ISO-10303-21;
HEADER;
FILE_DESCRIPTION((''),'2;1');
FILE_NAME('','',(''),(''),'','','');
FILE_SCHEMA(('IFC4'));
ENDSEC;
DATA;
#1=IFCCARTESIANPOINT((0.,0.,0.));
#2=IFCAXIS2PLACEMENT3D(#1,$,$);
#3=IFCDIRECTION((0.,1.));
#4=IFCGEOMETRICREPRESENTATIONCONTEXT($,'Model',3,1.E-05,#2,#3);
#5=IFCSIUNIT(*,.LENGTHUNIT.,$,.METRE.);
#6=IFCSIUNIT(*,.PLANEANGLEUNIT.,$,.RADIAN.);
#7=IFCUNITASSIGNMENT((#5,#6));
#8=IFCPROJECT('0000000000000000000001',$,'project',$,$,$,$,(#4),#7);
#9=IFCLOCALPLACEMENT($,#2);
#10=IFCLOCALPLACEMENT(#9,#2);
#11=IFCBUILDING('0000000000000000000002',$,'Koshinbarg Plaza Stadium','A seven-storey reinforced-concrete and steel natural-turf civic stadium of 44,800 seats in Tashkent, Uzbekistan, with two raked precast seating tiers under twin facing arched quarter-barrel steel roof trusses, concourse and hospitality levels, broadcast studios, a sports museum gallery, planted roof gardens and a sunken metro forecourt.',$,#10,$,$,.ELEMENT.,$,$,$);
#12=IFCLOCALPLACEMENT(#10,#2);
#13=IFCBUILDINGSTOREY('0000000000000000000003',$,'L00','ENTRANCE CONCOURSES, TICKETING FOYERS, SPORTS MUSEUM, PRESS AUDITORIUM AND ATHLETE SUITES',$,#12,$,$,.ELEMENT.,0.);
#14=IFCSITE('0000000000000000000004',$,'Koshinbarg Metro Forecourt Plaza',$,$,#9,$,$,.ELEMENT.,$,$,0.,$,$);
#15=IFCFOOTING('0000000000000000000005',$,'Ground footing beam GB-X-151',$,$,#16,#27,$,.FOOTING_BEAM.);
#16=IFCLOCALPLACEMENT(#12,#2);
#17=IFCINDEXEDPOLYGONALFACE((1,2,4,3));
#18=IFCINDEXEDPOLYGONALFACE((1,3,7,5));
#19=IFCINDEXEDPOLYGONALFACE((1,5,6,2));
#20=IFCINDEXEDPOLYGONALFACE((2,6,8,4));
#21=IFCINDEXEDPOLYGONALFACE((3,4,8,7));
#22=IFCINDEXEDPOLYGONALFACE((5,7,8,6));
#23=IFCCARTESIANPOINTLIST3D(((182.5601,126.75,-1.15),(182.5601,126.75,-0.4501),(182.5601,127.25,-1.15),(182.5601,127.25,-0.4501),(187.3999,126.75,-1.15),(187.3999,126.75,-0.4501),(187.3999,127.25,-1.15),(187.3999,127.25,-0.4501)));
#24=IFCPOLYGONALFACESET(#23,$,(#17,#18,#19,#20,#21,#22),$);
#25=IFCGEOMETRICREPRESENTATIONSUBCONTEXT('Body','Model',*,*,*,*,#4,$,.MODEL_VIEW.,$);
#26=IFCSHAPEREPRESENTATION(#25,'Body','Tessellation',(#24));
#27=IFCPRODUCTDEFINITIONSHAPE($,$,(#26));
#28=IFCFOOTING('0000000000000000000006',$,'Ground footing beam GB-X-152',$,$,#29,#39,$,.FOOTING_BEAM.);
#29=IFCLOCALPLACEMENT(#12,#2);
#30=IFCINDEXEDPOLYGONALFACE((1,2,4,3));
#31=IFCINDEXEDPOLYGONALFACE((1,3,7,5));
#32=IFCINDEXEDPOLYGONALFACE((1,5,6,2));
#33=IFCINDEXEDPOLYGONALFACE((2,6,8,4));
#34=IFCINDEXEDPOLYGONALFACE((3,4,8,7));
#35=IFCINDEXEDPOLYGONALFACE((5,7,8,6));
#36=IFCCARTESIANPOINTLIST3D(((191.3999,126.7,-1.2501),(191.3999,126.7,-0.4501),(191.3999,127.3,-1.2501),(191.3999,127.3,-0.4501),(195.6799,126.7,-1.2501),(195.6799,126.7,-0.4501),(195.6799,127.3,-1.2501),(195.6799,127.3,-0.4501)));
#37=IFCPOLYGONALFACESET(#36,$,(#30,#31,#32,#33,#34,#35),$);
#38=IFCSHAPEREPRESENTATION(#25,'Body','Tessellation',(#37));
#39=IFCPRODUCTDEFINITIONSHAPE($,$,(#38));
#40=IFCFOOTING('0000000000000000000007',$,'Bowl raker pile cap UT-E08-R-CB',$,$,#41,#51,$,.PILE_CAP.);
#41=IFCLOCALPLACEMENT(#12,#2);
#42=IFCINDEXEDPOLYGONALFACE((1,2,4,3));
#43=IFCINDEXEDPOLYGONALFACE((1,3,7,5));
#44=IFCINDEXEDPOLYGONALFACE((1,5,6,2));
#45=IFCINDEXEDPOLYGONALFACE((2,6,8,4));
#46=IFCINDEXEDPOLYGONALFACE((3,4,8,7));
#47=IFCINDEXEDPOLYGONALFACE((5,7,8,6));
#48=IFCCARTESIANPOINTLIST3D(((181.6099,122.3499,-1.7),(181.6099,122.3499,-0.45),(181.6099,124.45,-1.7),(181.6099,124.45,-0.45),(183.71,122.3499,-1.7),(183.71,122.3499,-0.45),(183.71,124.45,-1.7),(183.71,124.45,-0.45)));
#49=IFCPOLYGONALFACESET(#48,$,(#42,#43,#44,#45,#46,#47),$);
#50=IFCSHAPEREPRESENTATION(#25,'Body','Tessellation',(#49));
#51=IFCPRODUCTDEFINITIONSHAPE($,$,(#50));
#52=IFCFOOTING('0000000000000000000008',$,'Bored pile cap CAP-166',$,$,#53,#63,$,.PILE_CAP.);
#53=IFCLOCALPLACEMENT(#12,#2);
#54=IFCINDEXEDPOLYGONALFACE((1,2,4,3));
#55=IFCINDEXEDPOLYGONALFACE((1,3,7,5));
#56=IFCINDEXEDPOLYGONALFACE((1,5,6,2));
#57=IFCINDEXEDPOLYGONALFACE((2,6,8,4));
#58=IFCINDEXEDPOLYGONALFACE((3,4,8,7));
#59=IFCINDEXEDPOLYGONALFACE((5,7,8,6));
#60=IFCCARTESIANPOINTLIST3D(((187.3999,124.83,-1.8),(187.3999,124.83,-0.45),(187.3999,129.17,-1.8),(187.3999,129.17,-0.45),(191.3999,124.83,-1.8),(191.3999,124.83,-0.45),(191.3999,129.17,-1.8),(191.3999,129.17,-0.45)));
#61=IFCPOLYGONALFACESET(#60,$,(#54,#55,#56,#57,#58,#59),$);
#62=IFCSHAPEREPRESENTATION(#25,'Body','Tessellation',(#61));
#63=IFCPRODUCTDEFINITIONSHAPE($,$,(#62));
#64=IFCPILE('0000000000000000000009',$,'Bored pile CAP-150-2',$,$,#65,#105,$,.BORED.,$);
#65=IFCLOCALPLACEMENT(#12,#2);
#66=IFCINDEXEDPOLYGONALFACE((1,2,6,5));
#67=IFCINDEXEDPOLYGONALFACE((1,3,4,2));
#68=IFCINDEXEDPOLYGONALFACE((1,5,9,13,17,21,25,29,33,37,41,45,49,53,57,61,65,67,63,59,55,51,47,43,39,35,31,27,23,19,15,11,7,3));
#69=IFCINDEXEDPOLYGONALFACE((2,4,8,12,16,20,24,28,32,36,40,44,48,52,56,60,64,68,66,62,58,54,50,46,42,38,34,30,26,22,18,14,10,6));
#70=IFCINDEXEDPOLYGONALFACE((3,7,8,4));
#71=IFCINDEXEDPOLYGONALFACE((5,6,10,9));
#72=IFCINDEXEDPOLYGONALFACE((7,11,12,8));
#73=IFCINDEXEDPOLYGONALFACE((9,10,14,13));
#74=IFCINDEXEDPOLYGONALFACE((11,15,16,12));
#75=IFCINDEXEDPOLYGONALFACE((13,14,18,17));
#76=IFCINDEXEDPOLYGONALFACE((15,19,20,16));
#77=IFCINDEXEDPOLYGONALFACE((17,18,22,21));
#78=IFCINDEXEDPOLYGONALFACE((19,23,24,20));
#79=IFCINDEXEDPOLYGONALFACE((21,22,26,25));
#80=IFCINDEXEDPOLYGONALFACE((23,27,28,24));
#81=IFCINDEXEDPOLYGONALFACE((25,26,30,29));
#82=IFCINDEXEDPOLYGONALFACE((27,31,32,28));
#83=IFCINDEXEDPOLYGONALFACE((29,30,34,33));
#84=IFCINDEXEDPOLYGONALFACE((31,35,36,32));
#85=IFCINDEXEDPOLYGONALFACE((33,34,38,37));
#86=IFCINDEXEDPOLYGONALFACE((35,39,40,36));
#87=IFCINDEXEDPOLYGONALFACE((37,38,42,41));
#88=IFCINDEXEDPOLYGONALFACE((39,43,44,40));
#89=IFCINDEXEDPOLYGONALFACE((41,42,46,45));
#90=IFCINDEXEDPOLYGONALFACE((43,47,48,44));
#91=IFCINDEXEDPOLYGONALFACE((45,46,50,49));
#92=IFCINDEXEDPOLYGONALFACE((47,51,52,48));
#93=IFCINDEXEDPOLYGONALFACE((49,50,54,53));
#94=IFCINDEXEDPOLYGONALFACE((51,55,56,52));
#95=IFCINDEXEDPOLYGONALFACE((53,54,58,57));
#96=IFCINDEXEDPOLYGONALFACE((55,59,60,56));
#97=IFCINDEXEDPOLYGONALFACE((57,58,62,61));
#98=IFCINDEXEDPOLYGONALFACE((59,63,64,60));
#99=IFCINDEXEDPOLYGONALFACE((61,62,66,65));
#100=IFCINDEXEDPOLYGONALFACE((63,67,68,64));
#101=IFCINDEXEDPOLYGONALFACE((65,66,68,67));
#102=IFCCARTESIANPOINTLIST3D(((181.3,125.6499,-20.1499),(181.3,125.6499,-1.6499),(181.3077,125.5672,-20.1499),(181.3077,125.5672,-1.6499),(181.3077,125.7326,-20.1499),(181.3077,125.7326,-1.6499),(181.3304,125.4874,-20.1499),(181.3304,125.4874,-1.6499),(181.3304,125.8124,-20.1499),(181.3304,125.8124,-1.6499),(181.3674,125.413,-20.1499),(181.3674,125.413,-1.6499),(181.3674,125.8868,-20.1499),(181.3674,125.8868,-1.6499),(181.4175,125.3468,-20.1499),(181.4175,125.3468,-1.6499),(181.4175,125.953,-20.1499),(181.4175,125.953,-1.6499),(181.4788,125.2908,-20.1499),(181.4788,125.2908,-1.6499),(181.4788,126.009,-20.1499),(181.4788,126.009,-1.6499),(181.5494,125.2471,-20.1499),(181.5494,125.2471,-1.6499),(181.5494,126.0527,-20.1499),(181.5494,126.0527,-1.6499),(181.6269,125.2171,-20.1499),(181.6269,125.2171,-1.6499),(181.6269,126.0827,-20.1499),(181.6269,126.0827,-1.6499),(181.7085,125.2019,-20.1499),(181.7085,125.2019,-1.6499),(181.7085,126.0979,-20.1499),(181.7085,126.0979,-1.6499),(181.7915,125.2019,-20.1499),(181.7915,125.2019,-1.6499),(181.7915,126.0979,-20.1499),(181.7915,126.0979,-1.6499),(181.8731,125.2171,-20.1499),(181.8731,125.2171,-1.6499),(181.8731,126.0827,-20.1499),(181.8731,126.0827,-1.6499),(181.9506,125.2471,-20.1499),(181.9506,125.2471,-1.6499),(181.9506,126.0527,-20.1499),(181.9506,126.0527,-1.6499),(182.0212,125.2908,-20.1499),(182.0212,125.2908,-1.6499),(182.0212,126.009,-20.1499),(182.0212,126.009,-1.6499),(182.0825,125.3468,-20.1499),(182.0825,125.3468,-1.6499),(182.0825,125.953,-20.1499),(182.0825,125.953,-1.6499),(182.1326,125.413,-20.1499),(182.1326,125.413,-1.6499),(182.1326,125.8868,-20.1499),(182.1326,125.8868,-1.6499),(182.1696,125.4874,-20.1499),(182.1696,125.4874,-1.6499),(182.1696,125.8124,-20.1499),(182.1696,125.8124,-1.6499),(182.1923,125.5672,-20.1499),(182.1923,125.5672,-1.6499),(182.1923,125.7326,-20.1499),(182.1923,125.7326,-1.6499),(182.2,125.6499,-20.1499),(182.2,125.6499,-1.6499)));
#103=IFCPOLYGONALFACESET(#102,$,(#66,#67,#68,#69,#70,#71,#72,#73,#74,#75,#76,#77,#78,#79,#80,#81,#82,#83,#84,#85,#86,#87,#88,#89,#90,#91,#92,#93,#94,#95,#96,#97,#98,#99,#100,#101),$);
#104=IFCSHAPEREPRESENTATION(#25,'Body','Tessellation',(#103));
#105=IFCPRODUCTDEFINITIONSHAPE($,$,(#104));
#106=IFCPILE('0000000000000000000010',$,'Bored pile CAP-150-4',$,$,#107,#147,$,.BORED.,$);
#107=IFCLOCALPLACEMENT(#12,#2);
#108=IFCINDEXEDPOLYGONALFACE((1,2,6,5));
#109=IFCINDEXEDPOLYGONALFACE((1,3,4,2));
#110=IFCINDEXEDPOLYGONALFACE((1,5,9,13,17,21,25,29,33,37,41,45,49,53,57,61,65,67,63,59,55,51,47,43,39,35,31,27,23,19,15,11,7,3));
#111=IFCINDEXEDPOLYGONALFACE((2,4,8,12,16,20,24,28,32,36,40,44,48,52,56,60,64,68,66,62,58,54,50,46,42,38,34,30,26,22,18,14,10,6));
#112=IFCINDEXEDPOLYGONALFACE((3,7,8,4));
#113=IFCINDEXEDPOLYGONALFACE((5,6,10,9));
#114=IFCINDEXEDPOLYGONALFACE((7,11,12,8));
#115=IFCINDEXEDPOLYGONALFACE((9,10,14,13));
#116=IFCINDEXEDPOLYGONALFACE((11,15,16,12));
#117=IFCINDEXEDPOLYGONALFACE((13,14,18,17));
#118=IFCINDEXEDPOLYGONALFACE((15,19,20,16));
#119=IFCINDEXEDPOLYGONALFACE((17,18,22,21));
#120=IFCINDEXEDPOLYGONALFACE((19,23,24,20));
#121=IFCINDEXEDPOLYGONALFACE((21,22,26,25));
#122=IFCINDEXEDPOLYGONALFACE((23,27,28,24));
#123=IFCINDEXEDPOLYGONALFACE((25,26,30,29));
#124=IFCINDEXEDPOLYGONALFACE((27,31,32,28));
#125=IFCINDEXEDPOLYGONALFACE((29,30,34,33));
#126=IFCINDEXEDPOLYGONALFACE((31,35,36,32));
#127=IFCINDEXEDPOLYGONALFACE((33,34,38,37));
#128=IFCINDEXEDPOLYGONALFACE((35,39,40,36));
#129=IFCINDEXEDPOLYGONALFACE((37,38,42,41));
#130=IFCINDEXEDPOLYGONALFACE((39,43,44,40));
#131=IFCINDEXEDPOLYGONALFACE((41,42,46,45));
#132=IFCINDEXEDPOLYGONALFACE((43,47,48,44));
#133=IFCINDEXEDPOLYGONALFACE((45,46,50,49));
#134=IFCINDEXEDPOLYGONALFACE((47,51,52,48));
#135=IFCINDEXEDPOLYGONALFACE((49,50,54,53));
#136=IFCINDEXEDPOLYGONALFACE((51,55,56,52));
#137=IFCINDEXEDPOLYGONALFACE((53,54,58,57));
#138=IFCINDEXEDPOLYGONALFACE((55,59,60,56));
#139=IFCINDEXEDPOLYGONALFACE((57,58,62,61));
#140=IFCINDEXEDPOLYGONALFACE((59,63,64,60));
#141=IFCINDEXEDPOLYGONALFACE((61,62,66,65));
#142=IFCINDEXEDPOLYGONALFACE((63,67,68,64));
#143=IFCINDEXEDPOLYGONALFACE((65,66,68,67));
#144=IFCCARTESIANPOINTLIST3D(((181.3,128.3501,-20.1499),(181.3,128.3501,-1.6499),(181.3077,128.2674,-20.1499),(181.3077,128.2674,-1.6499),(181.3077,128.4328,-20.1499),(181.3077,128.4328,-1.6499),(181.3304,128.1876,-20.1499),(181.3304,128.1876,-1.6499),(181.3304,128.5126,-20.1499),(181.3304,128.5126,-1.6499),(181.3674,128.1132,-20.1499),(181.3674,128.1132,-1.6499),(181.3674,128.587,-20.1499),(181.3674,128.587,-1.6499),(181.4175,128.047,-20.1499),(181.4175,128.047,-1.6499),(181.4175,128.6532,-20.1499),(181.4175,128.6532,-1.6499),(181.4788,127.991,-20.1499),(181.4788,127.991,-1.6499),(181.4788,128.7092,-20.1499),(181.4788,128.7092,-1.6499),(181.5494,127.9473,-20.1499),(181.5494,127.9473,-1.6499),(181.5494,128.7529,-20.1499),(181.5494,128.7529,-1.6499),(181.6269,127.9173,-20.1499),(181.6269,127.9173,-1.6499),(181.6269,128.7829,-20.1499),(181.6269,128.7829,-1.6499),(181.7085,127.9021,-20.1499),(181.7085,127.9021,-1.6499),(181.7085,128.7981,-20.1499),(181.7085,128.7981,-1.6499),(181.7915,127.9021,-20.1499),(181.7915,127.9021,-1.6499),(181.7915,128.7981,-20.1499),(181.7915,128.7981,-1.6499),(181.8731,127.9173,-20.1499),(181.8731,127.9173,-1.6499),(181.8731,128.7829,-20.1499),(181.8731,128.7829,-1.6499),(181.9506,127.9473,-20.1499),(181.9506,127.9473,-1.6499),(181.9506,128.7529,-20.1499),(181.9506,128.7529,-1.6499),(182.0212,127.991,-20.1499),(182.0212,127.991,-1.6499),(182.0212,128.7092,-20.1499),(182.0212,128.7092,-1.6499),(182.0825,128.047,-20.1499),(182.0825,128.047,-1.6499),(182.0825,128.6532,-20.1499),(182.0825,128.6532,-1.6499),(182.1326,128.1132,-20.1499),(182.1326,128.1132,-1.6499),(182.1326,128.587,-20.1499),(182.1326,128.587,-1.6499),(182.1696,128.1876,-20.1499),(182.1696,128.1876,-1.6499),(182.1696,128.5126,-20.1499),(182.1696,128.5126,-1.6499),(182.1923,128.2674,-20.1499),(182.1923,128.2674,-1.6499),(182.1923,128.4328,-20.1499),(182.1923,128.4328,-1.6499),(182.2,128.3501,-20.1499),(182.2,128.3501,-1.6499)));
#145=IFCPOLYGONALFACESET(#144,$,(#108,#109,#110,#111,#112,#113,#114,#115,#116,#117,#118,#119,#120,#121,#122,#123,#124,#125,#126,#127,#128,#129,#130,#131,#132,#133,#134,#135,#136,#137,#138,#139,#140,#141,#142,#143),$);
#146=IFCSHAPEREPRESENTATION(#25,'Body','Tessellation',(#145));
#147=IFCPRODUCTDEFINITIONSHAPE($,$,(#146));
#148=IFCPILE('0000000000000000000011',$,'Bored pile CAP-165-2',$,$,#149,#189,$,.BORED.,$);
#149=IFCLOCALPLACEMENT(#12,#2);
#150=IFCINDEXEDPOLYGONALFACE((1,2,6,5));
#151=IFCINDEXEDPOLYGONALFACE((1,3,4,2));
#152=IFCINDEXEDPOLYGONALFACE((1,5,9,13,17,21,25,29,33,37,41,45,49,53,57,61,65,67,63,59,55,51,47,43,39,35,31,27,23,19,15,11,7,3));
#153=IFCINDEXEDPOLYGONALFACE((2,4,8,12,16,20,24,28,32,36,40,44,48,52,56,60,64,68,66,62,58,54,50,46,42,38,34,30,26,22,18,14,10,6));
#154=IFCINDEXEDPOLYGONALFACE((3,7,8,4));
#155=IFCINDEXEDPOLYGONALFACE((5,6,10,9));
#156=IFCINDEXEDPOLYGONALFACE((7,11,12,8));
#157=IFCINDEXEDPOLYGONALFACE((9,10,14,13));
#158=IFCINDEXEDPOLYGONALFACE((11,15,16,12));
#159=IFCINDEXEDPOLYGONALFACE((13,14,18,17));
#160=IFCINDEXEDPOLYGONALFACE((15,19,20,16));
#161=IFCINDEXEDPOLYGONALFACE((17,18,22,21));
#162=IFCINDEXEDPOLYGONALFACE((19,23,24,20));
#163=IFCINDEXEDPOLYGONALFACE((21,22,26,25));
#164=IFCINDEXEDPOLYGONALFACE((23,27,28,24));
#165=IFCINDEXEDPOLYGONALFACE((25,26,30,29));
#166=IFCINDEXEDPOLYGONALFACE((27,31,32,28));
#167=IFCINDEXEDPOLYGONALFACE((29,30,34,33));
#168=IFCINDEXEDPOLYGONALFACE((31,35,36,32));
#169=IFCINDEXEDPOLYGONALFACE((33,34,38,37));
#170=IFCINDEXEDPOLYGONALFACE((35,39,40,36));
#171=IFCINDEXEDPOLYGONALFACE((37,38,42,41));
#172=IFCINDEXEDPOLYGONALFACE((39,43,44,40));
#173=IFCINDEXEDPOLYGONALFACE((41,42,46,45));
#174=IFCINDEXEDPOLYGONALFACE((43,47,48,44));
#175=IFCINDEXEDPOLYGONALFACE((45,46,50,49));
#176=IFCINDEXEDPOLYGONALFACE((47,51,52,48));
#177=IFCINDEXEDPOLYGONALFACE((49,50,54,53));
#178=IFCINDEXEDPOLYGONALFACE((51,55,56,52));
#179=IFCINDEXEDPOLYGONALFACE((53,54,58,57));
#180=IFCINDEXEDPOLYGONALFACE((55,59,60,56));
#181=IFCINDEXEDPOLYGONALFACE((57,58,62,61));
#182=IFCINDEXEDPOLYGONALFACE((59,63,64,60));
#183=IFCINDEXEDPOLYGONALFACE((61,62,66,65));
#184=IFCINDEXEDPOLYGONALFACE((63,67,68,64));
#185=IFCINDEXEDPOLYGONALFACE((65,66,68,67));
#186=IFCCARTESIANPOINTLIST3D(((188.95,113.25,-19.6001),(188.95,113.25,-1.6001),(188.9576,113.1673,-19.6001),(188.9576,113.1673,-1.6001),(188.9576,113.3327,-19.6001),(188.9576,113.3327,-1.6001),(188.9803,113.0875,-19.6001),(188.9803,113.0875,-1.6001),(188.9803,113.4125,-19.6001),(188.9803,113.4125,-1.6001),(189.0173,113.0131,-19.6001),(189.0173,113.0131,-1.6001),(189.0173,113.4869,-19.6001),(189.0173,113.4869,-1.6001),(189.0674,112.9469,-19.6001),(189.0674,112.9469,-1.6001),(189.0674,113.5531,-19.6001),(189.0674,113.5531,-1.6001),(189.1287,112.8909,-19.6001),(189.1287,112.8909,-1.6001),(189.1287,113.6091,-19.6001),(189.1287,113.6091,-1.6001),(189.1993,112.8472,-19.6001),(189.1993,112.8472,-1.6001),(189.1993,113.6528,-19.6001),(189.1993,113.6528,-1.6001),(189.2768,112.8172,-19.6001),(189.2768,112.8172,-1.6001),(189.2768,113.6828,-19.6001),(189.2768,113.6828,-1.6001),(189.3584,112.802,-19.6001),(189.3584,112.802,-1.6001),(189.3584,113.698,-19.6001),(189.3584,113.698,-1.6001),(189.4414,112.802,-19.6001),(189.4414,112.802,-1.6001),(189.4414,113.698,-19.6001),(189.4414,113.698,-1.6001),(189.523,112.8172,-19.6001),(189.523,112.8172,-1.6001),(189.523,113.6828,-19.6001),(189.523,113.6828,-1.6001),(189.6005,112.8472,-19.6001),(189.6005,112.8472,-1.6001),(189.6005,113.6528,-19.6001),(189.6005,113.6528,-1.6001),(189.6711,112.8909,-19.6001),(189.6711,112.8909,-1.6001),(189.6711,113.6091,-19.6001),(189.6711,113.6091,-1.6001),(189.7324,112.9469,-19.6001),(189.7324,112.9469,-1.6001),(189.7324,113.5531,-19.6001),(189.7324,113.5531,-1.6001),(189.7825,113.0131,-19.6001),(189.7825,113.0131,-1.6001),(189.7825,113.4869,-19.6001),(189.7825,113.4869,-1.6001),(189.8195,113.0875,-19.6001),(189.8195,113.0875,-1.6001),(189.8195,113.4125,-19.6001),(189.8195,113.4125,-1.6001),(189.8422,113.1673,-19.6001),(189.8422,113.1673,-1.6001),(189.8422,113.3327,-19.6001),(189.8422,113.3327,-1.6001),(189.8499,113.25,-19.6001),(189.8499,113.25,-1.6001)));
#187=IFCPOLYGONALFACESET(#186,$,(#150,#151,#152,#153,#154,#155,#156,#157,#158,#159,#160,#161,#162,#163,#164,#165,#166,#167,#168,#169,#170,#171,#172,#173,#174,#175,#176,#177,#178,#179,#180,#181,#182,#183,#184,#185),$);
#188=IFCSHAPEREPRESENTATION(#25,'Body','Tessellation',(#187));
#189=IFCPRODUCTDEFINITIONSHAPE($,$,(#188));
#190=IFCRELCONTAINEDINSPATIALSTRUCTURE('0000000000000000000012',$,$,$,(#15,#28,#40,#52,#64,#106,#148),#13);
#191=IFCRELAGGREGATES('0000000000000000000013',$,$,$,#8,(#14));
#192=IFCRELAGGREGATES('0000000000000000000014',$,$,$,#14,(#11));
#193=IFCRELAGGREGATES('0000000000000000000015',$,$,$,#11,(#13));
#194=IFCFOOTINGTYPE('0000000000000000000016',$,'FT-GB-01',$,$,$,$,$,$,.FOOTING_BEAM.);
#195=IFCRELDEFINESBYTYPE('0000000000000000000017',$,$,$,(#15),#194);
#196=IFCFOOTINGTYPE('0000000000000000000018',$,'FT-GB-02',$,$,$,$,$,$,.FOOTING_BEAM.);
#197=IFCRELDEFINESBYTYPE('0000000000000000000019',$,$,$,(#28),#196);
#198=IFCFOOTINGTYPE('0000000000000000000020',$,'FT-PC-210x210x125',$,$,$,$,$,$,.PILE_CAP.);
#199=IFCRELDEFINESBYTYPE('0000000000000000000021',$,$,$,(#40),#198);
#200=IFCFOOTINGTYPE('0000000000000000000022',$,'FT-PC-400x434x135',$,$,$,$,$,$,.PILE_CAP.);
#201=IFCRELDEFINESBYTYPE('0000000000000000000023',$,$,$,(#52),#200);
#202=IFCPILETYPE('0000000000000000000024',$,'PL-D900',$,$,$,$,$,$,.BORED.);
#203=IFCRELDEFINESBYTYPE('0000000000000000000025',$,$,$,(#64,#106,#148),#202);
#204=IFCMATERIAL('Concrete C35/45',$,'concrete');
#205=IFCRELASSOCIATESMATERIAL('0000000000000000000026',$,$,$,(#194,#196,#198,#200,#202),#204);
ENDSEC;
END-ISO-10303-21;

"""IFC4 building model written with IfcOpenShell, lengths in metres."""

from ifc_helpers import new_model, si_unit, direction, frame, origin, origin_2d, place, context, subcontext, project, spatial, rectangle, circle, extrude, material, material_profile, profile_set, type_object, element, save


model = new_model("IFC4")

# Units and contexts
model_context = context("Model", 3, precision=1e-05, world=origin(), true_north=direction((0.0, 1.0)))
body_context = subcontext(model_context, "Body", "Model", "MODEL_VIEW")
ifc_project = project(units=[si_unit("LENGTHUNIT", "METRE"), si_unit("PLANEANGLEUNIT", "RADIAN")], contexts=[model_context])

# Site, building, storey
site_placement = place(None, origin())
site = spatial("IfcSite", under=ifc_project, at=site_placement, Name="Koshinbarg Metro Forecourt Plaza", CompositionType="ELEMENT", RefElevation=0.0)
building_placement = place(site_placement, origin())
building = spatial("IfcBuilding", under=site, at=building_placement, Name="Koshinbarg Plaza Stadium", Description="A seven-storey reinforced-concrete and steel natural-turf civic stadium of 44,800 seats in Tashkent, Uzbekistan, with two raked precast seating tiers under twin facing arched quarter-barrel steel roof trusses, concourse and hospitality levels, broadcast studios, a sports museum gallery, planted roof gardens and a sunken metro forecourt.", CompositionType="ELEMENT")
storey_placement = place(building_placement, origin())
storey = spatial("IfcBuildingStorey", under=building, at=storey_placement, Name="L00", Description="ENTRANCE CONCOURSES, TICKETING FOYERS, SPORTS MUSEUM, PRESS AUDITORIUM AND ATHLETE SUITES", CompositionType="ELEMENT", Elevation=0.0)

# Footings
ifc_material_1 = material(Name="Concrete C35/45", Category="concrete")
ifc_material_profile_1 = material_profile(ifc_material_1, rectangle(XDim=0.5, YDim=0.7, at=origin_2d()), Name="GB 500x700")
ifc_profile_set_1 = profile_set([ifc_material_profile_1], Name="Concrete C35/45")
footing_type_1 = type_object("IfcFootingType", Name="FT-GB-01", PredefinedType="FOOTING_BEAM", material=ifc_profile_set_1)
footing_1_placement = place(storey_placement, frame((182.5601, 127.0, -0.8), z_axis=(1.0, 0.0, 0.0), x_axis=(0.0, 1.0, 0.0)))
element("IfcFooting", 1, at=footing_1_placement, inside=storey, type_object=footing_type_1, Name="Ground footing beam GB-X-151", PredefinedType="FOOTING_BEAM", context=body_context, shape_type="SweptSolid", body=[
    extrude(rectangle(XDim=0.5, YDim=0.7, at=origin_2d()), origin(), (0.0, 0.0, 1.0), 4.8398),
])
ifc_material_profile_2 = material_profile(ifc_material_1, rectangle(XDim=0.6001, YDim=0.8, at=origin_2d()), Name="GB 600x800")
ifc_profile_set_2 = profile_set([ifc_material_profile_2], Name="Concrete C35/45")
footing_type_2 = type_object("IfcFootingType", Name="FT-GB-02", PredefinedType="FOOTING_BEAM", material=ifc_profile_set_2)
footing_2_placement = place(storey_placement, frame((191.3999, 127.0, -0.8501), z_axis=(1.0, 0.0, 0.0), x_axis=(0.0, 1.0, 0.0)))
element("IfcFooting", 2, at=footing_2_placement, inside=storey, type_object=footing_type_2, Name="Ground footing beam GB-X-152", PredefinedType="FOOTING_BEAM", context=body_context, shape_type="SweptSolid", body=[
    extrude(rectangle(XDim=0.6001, YDim=0.8, at=origin_2d()), origin(), (0.0, 0.0, 1.0), 4.28),
])
footing_type_3 = type_object("IfcFootingType", Name="FT-PC-210x210x125", PredefinedType="PILE_CAP", material=ifc_material_1)
footing_3_placement = place(storey_placement, frame((182.6599, 123.3999, -1.7), z_axis=(0.0, 0.0, 1.0), x_axis=(1.0, 0.0, 0.0)))
element("IfcFooting", 3, at=footing_3_placement, inside=storey, type_object=footing_type_3, Name="Bowl raker pile cap UT-E08-R-CB", PredefinedType="PILE_CAP", context=body_context, shape_type="SweptSolid", body=[
    extrude(rectangle(XDim=2.1001, YDim=2.1001, at=origin_2d()), origin(), (0.0, 0.0, 1.0), 1.25),
])
footing_type_4 = type_object("IfcFootingType", Name="FT-PC-400x434x135", PredefinedType="PILE_CAP", material=ifc_material_1)
footing_4_placement = place(storey_placement, frame((189.3999, 127.0, -1.8), z_axis=(0.0, 0.0, 1.0), x_axis=(1.0, 0.0, 0.0)))
element("IfcFooting", 4, at=footing_4_placement, inside=storey, type_object=footing_type_4, Name="Bored pile cap CAP-166", PredefinedType="PILE_CAP", context=body_context, shape_type="SweptSolid", body=[
    extrude(rectangle(XDim=4.0, YDim=4.3401, at=origin_2d()), origin(), (0.0, 0.0, 1.0), 1.3501),
])

# Piles
ifc_material_profile_3 = material_profile(ifc_material_1, circle(Radius=0.45, at=origin_2d()), Name="PILE D900")
ifc_profile_set_3 = profile_set([ifc_material_profile_3], Name="Concrete C35/45")
pile_type = type_object("IfcPileType", Name="PL-D900", PredefinedType="BORED", material=ifc_profile_set_3)
for number, where, z_axis, x_axis, name in (
    (5, (181.75, 125.6499, -1.6499), (0.0, 0.0, -1.0), (1.0, 0.0, 0.0), "Bored pile CAP-150-2"),
    (6, (181.75, 128.3501, -1.6499), (0.0, 0.0, -1.0), (1.0, 0.0, 0.0), "Bored pile CAP-150-4"),
):
    element("IfcPile", number, at=place(storey_placement, frame(where, z_axis=z_axis, x_axis=x_axis)), inside=storey, type_object=pile_type, Name=name, PredefinedType="BORED", context=body_context, shape_type="SweptSolid", body=[
        extrude(circle(Radius=0.45, at=origin_2d()), origin(), (0.0, 0.0, 1.0), 18.5),
    ])
pile_1_placement = place(storey_placement, frame((189.3999, 113.25, -1.6001), z_axis=(0.0, 0.0, -1.0), x_axis=(1.0, 0.0, 0.0)))
element("IfcPile", 7, at=pile_1_placement, inside=storey, type_object=pile_type, Name="Bored pile CAP-165-2", PredefinedType="BORED", context=body_context, shape_type="SweptSolid", body=[
    extrude(circle(Radius=0.45, at=origin_2d()), origin(), (0.0, 0.0, 1.0), 18.0),
])

save(model, "model.ifc")
